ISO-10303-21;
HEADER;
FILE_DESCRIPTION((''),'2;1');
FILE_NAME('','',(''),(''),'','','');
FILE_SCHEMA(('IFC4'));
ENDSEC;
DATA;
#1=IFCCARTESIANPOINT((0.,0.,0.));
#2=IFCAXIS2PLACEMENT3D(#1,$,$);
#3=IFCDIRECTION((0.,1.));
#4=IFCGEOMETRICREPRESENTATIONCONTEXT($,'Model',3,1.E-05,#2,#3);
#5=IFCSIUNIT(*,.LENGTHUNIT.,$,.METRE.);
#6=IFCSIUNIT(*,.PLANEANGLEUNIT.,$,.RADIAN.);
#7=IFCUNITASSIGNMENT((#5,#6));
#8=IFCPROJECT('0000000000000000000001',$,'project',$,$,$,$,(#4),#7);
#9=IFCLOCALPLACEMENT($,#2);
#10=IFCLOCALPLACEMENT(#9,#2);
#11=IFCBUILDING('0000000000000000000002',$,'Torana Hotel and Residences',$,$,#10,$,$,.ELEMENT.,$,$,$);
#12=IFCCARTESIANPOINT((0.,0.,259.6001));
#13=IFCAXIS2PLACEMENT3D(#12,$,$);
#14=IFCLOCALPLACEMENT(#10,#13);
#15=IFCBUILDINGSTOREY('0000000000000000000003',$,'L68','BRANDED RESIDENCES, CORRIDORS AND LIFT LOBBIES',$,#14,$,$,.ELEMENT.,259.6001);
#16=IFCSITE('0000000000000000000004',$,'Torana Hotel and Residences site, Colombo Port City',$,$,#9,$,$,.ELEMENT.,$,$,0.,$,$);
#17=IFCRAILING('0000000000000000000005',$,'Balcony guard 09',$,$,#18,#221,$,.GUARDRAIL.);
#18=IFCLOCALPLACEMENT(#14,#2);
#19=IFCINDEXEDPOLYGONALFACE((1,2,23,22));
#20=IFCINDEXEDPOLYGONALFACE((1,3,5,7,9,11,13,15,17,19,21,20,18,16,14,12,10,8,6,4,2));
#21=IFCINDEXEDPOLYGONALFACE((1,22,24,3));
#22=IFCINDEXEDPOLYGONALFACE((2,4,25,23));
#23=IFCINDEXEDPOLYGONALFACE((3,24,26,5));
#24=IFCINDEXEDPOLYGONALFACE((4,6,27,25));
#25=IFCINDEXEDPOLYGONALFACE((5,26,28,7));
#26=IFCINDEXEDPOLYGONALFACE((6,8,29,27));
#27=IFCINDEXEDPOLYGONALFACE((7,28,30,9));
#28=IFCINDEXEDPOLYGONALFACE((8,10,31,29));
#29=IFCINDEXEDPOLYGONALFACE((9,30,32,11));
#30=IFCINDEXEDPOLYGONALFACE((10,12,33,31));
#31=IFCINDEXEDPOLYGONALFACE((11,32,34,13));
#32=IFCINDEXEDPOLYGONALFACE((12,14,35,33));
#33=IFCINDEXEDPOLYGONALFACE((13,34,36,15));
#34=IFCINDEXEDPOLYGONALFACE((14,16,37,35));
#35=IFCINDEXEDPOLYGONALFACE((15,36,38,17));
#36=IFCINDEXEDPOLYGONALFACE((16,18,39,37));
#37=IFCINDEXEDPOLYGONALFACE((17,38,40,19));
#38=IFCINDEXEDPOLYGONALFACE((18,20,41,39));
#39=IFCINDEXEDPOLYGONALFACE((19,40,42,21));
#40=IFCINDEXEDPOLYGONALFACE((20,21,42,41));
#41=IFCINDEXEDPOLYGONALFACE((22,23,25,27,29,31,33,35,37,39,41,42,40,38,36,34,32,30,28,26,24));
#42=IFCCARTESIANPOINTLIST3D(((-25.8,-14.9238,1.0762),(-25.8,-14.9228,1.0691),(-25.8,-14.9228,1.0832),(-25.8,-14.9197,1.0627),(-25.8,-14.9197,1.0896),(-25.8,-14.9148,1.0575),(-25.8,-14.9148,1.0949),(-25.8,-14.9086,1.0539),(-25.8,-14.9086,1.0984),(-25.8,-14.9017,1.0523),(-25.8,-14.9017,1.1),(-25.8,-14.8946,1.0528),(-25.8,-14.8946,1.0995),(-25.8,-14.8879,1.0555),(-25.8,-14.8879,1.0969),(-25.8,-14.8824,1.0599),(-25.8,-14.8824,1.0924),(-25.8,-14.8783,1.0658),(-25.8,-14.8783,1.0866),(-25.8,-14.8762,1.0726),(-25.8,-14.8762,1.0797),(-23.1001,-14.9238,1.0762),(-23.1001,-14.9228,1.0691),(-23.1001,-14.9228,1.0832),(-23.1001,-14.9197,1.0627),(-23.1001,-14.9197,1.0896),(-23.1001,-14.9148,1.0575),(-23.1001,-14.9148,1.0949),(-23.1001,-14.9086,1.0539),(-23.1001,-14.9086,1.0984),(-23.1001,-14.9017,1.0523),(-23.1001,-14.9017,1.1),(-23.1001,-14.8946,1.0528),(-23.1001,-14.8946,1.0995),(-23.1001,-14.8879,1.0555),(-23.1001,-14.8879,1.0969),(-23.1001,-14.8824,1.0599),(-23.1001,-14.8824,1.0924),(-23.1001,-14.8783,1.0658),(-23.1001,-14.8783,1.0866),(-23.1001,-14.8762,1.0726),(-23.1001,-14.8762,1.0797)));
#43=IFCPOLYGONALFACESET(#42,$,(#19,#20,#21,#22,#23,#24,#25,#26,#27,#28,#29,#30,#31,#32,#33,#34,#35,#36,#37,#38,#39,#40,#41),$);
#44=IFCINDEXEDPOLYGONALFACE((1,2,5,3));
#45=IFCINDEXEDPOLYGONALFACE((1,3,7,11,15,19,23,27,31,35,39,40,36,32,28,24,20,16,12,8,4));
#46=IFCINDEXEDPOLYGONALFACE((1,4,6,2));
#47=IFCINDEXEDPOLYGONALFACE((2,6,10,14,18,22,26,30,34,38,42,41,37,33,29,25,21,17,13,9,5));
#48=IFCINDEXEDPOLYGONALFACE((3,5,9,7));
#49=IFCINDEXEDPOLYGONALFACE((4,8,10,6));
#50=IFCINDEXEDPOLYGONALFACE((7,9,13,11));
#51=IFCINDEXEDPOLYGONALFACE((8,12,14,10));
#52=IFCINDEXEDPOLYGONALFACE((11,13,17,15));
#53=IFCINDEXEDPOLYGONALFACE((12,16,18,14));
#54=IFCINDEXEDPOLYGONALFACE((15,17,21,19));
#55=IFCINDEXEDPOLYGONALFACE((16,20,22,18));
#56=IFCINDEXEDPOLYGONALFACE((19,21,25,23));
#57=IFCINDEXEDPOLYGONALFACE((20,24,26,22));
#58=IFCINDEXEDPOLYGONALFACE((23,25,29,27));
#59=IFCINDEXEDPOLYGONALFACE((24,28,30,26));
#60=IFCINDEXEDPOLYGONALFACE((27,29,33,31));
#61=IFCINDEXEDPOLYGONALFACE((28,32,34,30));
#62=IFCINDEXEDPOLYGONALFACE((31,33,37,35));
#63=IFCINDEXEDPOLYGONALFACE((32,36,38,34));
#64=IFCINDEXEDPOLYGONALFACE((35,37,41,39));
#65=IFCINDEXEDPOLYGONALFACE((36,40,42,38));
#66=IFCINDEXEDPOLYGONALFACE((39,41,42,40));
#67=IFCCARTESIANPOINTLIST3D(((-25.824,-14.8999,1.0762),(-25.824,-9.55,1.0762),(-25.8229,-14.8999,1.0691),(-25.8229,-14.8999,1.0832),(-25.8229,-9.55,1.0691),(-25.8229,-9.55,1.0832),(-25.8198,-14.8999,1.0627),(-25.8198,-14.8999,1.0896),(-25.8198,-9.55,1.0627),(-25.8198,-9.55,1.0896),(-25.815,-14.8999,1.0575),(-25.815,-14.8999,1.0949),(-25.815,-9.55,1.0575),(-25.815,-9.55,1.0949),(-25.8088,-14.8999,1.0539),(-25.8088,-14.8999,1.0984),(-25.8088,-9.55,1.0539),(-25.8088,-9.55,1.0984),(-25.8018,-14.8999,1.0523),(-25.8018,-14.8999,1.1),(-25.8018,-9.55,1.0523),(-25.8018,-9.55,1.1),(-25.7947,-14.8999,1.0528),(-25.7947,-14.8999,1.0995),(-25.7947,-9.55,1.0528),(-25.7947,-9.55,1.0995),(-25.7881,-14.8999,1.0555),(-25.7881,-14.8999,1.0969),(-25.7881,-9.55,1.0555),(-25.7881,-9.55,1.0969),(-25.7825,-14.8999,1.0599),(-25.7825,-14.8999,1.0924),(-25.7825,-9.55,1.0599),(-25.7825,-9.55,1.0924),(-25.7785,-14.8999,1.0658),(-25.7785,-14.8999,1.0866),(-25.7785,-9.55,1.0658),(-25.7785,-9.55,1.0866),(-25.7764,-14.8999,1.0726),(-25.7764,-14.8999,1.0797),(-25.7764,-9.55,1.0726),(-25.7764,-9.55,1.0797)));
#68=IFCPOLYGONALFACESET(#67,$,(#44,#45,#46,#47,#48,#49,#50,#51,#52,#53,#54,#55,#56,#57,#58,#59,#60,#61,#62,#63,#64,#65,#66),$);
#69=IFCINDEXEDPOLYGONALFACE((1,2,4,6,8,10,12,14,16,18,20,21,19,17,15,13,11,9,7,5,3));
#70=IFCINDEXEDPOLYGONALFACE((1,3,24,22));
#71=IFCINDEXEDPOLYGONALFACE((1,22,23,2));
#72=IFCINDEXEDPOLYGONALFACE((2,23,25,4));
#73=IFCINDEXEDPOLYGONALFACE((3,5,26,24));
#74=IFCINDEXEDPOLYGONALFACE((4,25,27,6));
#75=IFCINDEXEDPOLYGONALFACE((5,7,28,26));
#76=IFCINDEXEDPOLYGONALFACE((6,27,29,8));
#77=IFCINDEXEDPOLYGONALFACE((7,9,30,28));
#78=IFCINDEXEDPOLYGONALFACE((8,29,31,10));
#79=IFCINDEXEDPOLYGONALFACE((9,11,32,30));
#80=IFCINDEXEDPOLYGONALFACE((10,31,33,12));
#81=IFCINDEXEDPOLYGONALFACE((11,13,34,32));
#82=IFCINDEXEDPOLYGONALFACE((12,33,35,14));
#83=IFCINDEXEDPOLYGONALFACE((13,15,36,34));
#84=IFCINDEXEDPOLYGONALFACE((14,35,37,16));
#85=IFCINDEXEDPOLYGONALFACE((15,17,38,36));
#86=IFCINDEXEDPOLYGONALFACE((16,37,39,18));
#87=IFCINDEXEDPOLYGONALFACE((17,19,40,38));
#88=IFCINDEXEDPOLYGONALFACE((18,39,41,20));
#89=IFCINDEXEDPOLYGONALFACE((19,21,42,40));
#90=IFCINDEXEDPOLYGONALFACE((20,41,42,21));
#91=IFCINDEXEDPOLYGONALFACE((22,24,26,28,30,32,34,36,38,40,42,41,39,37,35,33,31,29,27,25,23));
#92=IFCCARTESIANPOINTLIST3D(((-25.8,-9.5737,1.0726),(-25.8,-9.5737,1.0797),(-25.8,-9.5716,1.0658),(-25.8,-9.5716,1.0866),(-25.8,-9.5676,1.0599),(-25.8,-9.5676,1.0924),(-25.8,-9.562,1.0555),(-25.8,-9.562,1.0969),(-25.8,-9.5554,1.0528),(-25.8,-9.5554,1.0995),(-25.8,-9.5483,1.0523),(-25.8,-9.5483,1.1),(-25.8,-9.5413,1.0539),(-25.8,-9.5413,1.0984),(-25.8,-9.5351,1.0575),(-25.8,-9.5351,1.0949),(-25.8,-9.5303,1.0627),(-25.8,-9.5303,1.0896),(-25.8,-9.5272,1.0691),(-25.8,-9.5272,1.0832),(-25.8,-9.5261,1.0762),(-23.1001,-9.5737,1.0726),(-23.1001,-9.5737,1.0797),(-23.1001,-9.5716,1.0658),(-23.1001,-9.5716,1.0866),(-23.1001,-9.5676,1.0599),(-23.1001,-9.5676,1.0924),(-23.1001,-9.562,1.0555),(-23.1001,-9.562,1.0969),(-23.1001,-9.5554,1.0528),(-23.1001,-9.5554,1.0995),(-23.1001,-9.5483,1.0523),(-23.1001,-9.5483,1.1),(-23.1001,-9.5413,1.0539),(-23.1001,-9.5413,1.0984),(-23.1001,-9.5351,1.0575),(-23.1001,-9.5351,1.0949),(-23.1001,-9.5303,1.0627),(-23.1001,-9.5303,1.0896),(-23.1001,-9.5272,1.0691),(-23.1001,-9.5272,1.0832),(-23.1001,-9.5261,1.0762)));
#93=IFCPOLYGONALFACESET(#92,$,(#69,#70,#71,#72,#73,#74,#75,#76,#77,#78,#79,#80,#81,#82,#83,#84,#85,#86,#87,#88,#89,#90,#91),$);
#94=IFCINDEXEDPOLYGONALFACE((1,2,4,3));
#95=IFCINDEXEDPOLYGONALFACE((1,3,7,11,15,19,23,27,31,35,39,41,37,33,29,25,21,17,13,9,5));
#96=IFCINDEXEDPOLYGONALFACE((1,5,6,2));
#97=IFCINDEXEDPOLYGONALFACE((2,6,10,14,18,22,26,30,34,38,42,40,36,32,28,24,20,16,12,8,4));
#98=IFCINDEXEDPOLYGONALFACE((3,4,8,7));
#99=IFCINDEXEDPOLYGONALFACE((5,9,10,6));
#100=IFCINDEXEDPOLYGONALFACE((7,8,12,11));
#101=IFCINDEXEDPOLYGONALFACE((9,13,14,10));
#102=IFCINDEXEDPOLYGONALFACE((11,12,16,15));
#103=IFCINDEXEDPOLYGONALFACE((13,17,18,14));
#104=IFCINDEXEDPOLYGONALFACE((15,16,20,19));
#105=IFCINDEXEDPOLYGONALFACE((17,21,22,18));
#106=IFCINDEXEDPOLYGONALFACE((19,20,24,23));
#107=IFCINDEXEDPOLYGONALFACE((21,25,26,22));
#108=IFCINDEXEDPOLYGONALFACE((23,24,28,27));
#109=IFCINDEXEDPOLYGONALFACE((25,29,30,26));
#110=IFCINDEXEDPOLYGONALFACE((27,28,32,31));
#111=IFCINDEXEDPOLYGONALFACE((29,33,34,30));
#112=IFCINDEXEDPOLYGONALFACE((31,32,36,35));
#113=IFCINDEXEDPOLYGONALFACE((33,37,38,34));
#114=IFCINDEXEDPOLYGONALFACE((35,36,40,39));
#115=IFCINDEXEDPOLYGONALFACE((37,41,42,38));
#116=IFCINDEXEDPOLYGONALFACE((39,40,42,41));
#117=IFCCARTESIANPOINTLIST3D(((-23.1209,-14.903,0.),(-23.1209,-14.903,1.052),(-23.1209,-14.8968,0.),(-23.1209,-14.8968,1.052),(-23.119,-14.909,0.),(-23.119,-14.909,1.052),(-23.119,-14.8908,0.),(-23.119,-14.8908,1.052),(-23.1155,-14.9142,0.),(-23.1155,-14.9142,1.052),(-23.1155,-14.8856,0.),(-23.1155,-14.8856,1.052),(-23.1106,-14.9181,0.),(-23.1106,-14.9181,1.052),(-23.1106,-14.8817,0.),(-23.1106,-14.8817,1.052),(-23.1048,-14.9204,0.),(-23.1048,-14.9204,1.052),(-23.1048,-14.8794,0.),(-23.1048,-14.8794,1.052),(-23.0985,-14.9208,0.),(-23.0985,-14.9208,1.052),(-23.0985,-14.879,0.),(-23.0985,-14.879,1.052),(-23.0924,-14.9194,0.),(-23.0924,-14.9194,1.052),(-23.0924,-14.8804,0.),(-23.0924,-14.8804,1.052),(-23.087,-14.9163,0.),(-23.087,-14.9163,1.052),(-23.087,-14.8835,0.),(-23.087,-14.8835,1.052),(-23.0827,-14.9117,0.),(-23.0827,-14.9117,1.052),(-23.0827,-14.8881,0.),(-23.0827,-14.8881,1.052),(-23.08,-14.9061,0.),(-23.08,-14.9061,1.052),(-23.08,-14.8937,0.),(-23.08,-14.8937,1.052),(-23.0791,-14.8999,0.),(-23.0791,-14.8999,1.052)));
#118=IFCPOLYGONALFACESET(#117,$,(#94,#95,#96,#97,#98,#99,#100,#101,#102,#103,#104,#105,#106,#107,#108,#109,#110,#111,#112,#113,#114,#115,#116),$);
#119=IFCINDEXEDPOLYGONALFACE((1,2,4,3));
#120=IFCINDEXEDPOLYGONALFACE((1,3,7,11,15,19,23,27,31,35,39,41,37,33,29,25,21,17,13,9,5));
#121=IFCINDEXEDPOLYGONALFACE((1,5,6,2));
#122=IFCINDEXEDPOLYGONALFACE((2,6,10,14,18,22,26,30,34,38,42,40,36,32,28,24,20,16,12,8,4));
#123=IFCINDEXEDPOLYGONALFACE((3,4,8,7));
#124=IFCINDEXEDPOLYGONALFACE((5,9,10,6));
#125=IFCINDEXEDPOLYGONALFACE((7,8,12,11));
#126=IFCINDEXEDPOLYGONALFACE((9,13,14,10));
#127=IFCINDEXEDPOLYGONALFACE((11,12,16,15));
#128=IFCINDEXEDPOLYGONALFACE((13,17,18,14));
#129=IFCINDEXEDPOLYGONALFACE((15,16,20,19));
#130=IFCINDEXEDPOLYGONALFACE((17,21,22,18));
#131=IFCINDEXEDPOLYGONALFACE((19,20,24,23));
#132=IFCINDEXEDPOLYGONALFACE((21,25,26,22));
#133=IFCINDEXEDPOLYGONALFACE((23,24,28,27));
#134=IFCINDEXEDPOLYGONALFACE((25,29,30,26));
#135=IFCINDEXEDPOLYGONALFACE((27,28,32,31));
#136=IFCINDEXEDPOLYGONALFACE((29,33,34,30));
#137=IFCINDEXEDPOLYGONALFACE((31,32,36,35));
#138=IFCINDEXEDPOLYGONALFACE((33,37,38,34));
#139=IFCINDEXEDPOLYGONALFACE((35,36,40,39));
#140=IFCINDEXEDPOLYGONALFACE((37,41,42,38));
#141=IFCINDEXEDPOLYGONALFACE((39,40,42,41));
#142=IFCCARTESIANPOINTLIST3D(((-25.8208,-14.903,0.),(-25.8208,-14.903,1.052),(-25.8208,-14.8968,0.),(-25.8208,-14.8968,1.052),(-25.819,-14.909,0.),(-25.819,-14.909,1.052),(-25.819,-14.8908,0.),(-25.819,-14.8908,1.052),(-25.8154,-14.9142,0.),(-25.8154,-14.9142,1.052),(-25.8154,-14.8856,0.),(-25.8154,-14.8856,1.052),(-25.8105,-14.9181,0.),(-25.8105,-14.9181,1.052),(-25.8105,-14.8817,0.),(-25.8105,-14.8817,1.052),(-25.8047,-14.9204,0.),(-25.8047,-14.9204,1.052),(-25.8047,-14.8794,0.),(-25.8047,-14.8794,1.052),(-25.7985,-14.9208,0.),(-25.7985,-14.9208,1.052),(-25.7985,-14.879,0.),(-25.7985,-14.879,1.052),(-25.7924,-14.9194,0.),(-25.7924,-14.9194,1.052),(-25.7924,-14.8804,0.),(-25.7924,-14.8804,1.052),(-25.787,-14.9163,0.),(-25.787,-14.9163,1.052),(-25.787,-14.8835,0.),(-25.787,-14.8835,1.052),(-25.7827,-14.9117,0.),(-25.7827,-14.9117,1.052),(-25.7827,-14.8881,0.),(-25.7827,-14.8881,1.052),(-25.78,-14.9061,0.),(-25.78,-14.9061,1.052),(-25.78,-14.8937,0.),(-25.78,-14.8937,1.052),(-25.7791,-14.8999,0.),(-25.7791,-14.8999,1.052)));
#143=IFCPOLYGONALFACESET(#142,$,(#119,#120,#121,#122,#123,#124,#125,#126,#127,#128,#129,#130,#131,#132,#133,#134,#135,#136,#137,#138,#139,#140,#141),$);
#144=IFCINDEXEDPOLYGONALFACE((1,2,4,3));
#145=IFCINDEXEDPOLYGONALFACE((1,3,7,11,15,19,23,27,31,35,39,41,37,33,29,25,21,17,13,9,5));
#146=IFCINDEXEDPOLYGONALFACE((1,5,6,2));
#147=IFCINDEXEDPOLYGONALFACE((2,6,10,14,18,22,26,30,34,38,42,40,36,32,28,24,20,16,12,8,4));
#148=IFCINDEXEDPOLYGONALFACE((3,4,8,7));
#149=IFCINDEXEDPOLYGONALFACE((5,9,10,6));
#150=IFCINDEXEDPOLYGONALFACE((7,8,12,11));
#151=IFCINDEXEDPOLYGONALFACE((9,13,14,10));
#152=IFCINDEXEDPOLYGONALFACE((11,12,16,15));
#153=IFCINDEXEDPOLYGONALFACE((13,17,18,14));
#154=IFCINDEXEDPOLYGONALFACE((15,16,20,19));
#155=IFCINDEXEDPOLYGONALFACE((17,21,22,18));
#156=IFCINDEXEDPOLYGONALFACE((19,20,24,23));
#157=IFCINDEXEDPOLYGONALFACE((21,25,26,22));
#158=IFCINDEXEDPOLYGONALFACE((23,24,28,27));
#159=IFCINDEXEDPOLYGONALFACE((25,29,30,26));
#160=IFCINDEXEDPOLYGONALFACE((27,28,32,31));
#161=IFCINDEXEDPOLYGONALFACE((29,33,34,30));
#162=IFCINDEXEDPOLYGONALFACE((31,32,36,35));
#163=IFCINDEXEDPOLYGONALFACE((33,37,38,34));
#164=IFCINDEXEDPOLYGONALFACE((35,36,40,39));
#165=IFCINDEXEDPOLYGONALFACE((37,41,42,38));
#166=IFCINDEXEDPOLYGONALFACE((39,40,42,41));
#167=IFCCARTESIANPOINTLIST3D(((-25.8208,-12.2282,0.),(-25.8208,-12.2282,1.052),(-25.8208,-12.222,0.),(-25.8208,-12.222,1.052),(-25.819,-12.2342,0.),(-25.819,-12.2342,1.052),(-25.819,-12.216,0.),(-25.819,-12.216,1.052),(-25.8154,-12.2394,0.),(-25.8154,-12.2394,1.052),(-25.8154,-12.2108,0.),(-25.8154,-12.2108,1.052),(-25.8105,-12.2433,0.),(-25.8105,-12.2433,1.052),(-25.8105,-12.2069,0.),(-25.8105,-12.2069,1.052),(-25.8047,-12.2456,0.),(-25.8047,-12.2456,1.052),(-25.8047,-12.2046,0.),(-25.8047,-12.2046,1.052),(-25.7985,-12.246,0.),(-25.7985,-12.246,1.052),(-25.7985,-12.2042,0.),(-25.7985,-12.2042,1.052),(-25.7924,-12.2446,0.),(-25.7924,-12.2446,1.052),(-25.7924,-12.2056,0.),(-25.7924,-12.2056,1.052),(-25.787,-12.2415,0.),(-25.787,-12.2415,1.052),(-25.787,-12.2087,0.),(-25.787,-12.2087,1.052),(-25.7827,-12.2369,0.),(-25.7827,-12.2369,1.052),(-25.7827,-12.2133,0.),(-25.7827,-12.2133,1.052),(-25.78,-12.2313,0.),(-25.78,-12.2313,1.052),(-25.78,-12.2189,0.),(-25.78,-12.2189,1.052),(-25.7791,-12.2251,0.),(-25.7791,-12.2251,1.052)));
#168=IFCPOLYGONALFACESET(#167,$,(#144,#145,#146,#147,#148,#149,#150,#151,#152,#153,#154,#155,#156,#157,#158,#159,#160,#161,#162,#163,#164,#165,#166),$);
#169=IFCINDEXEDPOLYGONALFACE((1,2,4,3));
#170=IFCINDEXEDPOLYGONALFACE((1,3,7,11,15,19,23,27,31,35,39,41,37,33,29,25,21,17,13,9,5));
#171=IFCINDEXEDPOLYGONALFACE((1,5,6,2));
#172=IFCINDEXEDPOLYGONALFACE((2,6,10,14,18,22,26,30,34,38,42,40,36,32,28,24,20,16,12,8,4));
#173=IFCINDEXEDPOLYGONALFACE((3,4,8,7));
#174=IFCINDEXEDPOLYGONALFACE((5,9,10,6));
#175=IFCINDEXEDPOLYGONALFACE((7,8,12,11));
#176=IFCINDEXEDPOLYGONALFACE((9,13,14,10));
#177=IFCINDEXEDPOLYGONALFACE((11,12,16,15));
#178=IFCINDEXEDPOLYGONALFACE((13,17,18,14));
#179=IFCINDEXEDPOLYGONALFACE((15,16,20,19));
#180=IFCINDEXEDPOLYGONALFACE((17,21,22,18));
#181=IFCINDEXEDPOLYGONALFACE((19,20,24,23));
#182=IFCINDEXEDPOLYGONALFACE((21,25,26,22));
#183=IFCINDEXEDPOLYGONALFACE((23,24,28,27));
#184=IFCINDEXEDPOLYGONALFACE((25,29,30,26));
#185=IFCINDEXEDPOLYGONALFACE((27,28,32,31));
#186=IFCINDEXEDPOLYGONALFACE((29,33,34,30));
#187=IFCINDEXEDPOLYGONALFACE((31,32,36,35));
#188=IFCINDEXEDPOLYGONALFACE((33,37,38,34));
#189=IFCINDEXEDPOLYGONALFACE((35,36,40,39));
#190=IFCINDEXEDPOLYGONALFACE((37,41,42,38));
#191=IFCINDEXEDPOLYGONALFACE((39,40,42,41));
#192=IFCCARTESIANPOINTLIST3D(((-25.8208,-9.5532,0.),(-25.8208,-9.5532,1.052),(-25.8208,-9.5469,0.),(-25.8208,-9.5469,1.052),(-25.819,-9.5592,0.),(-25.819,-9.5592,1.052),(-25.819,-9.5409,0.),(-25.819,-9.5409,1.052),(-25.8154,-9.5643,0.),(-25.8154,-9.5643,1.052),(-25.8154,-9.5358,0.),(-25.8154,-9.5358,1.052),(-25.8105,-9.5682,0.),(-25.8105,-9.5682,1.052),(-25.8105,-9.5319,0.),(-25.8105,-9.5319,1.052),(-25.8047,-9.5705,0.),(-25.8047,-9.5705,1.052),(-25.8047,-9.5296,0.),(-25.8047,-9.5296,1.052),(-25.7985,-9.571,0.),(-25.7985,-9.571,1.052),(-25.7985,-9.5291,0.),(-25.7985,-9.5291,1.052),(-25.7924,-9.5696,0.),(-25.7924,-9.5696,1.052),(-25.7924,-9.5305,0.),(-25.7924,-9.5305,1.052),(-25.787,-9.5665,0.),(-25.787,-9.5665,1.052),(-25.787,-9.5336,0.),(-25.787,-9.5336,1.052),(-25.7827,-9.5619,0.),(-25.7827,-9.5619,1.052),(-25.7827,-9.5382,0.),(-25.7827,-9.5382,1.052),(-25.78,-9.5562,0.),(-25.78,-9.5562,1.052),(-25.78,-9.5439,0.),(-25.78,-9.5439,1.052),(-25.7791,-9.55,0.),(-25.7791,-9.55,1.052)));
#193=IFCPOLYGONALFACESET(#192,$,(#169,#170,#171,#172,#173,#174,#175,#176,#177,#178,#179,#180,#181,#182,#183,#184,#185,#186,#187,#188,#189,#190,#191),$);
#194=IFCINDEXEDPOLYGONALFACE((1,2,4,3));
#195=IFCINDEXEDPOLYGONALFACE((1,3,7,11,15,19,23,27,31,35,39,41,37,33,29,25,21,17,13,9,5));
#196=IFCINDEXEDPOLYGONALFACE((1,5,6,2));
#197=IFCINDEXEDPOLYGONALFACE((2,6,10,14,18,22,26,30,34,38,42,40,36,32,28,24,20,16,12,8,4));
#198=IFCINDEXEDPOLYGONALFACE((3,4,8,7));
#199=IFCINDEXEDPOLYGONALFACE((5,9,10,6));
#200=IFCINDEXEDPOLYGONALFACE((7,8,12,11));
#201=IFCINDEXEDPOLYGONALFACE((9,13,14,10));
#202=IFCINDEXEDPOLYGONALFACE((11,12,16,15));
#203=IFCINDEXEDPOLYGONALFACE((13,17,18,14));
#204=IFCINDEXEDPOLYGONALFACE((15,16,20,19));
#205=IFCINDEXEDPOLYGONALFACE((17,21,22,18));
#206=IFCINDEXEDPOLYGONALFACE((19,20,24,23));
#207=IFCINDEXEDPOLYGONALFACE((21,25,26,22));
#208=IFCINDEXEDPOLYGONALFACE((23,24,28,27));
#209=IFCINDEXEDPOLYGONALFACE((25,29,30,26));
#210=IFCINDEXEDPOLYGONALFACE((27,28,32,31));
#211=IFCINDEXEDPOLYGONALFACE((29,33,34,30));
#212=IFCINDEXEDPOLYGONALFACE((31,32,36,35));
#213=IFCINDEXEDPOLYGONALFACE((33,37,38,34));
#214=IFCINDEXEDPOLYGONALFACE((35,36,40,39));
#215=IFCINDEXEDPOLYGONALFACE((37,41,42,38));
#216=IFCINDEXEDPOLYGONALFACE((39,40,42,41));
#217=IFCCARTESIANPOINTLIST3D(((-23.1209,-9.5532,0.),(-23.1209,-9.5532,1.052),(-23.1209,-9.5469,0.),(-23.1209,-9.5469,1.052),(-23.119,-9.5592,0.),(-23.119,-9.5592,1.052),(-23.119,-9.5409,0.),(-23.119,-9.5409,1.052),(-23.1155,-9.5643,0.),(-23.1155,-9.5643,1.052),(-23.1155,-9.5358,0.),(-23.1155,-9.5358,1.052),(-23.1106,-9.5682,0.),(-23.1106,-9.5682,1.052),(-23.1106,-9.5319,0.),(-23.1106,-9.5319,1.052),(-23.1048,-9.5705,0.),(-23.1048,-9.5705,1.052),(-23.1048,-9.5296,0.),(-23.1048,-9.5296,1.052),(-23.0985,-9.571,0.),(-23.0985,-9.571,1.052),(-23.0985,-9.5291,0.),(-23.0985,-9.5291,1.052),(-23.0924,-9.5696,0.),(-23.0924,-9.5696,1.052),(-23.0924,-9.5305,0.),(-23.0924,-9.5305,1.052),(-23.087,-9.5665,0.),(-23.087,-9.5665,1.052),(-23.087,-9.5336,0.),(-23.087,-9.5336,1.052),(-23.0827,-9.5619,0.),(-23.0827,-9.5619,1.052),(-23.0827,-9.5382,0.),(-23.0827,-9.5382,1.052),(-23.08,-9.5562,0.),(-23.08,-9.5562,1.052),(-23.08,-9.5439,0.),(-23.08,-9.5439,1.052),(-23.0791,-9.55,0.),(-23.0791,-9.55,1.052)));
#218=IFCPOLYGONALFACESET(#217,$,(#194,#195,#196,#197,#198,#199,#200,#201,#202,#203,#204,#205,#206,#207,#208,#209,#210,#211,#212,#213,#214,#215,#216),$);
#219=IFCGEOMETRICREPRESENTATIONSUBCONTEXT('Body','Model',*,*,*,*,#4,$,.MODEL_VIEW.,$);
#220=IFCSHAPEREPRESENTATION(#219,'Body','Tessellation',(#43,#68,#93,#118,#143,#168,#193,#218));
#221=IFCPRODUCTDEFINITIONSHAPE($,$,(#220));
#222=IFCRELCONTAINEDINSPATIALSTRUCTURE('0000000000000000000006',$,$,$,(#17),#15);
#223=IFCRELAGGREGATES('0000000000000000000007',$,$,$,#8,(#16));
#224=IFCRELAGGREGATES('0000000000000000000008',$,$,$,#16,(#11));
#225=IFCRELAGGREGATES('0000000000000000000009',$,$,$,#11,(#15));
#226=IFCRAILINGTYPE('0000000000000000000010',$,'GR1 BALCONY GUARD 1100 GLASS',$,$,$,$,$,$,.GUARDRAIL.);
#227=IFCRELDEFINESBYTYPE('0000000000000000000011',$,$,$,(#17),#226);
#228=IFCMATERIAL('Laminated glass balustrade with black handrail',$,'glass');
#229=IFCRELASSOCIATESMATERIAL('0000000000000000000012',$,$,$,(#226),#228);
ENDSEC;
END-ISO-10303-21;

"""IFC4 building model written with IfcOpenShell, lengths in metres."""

from ifc_helpers import new_model, si_unit, direction, frame, origin, origin_2d, place, context, subcontext, project, spatial, circle, extrude, material, type_object, element, save


model = new_model("IFC4")

# Units and contexts
model_context = context("Model", 3, precision=1e-05, world=origin(), true_north=direction((0.0, 1.0)))
body_context = subcontext(model_context, "Body", "Model", "MODEL_VIEW")
ifc_project = project(units=[si_unit("LENGTHUNIT", "METRE"), si_unit("PLANEANGLEUNIT", "RADIAN")], contexts=[model_context])

# Site, building, storey
site_placement = place(None, origin())
site = spatial("IfcSite", under=ifc_project, at=site_placement, Name="Torana Hotel and Residences site, Colombo Port City", CompositionType="ELEMENT", RefElevation=0.0)
building_placement = place(site_placement, origin())
building = spatial("IfcBuilding", under=site, at=building_placement, Name="Torana Hotel and Residences", CompositionType="ELEMENT")
storey_placement = place(building_placement, frame((0.0, 0.0, 259.6001)))
storey = spatial("IfcBuildingStorey", under=building, at=storey_placement, Name="L68", Description="BRANDED RESIDENCES, CORRIDORS AND LIFT LOBBIES", CompositionType="ELEMENT", Elevation=259.6001)

# Railing
ifc_material_1 = material(Name="Laminated glass balustrade with black handrail", Category="glass")
railing_type_1 = type_object("IfcRailingType", Name="GR1 BALCONY GUARD 1100 GLASS", PredefinedType="GUARDRAIL", material=ifc_material_1)
railing_1_placement = place(storey_placement, frame((-23.1001, -14.8999, 0.0)))
element("IfcRailing", 1, at=railing_1_placement, inside=storey, type_object=railing_type_1, Name="Balcony guard 09", PredefinedType="GUARDRAIL", context=body_context, shape_type="SweptSolid", body=[
    extrude(circle(Radius=0.0239, at=origin_2d()), frame((0.0, 0.0, 1.0762), z_axis=(-1.0, 0.0, 0.0), x_axis=(0.0, -1.0, 0.0)), (0.0, 0.0, 1.0), 2.7),
    extrude(circle(Radius=0.0239, at=origin_2d()), frame((-2.7, 0.0, 1.0762), z_axis=(0.0, 1.0, 0.0), x_axis=(-1.0, 0.0, 0.0)), (0.0, 0.0, 1.0), 5.3499),
    extrude(circle(Radius=0.0239, at=origin_2d()), frame((-2.7, 5.3499, 1.0762), z_axis=(1.0, 0.0, 0.0), x_axis=(0.0, 1.0, 0.0)), (0.0, 0.0, 1.0), 2.7),
    extrude(circle(Radius=0.021, at=origin_2d()), origin(), (0.0, 0.0, 1.0), 1.052),
    extrude(circle(Radius=0.021, at=origin_2d()), frame((-2.7, 0.0, 0.0)), (0.0, 0.0, 1.0), 1.052),
    extrude(circle(Radius=0.021, at=origin_2d()), frame((-2.7, 2.6748, 0.0)), (0.0, 0.0, 1.0), 1.052),
    extrude(circle(Radius=0.021, at=origin_2d()), frame((-2.7, 5.3499, 0.0)), (0.0, 0.0, 1.0), 1.052),
    extrude(circle(Radius=0.021, at=origin_2d()), frame((0.0, 5.3499, 0.0)), (0.0, 0.0, 1.0), 1.052),
])

save(model, "model.ifc")
